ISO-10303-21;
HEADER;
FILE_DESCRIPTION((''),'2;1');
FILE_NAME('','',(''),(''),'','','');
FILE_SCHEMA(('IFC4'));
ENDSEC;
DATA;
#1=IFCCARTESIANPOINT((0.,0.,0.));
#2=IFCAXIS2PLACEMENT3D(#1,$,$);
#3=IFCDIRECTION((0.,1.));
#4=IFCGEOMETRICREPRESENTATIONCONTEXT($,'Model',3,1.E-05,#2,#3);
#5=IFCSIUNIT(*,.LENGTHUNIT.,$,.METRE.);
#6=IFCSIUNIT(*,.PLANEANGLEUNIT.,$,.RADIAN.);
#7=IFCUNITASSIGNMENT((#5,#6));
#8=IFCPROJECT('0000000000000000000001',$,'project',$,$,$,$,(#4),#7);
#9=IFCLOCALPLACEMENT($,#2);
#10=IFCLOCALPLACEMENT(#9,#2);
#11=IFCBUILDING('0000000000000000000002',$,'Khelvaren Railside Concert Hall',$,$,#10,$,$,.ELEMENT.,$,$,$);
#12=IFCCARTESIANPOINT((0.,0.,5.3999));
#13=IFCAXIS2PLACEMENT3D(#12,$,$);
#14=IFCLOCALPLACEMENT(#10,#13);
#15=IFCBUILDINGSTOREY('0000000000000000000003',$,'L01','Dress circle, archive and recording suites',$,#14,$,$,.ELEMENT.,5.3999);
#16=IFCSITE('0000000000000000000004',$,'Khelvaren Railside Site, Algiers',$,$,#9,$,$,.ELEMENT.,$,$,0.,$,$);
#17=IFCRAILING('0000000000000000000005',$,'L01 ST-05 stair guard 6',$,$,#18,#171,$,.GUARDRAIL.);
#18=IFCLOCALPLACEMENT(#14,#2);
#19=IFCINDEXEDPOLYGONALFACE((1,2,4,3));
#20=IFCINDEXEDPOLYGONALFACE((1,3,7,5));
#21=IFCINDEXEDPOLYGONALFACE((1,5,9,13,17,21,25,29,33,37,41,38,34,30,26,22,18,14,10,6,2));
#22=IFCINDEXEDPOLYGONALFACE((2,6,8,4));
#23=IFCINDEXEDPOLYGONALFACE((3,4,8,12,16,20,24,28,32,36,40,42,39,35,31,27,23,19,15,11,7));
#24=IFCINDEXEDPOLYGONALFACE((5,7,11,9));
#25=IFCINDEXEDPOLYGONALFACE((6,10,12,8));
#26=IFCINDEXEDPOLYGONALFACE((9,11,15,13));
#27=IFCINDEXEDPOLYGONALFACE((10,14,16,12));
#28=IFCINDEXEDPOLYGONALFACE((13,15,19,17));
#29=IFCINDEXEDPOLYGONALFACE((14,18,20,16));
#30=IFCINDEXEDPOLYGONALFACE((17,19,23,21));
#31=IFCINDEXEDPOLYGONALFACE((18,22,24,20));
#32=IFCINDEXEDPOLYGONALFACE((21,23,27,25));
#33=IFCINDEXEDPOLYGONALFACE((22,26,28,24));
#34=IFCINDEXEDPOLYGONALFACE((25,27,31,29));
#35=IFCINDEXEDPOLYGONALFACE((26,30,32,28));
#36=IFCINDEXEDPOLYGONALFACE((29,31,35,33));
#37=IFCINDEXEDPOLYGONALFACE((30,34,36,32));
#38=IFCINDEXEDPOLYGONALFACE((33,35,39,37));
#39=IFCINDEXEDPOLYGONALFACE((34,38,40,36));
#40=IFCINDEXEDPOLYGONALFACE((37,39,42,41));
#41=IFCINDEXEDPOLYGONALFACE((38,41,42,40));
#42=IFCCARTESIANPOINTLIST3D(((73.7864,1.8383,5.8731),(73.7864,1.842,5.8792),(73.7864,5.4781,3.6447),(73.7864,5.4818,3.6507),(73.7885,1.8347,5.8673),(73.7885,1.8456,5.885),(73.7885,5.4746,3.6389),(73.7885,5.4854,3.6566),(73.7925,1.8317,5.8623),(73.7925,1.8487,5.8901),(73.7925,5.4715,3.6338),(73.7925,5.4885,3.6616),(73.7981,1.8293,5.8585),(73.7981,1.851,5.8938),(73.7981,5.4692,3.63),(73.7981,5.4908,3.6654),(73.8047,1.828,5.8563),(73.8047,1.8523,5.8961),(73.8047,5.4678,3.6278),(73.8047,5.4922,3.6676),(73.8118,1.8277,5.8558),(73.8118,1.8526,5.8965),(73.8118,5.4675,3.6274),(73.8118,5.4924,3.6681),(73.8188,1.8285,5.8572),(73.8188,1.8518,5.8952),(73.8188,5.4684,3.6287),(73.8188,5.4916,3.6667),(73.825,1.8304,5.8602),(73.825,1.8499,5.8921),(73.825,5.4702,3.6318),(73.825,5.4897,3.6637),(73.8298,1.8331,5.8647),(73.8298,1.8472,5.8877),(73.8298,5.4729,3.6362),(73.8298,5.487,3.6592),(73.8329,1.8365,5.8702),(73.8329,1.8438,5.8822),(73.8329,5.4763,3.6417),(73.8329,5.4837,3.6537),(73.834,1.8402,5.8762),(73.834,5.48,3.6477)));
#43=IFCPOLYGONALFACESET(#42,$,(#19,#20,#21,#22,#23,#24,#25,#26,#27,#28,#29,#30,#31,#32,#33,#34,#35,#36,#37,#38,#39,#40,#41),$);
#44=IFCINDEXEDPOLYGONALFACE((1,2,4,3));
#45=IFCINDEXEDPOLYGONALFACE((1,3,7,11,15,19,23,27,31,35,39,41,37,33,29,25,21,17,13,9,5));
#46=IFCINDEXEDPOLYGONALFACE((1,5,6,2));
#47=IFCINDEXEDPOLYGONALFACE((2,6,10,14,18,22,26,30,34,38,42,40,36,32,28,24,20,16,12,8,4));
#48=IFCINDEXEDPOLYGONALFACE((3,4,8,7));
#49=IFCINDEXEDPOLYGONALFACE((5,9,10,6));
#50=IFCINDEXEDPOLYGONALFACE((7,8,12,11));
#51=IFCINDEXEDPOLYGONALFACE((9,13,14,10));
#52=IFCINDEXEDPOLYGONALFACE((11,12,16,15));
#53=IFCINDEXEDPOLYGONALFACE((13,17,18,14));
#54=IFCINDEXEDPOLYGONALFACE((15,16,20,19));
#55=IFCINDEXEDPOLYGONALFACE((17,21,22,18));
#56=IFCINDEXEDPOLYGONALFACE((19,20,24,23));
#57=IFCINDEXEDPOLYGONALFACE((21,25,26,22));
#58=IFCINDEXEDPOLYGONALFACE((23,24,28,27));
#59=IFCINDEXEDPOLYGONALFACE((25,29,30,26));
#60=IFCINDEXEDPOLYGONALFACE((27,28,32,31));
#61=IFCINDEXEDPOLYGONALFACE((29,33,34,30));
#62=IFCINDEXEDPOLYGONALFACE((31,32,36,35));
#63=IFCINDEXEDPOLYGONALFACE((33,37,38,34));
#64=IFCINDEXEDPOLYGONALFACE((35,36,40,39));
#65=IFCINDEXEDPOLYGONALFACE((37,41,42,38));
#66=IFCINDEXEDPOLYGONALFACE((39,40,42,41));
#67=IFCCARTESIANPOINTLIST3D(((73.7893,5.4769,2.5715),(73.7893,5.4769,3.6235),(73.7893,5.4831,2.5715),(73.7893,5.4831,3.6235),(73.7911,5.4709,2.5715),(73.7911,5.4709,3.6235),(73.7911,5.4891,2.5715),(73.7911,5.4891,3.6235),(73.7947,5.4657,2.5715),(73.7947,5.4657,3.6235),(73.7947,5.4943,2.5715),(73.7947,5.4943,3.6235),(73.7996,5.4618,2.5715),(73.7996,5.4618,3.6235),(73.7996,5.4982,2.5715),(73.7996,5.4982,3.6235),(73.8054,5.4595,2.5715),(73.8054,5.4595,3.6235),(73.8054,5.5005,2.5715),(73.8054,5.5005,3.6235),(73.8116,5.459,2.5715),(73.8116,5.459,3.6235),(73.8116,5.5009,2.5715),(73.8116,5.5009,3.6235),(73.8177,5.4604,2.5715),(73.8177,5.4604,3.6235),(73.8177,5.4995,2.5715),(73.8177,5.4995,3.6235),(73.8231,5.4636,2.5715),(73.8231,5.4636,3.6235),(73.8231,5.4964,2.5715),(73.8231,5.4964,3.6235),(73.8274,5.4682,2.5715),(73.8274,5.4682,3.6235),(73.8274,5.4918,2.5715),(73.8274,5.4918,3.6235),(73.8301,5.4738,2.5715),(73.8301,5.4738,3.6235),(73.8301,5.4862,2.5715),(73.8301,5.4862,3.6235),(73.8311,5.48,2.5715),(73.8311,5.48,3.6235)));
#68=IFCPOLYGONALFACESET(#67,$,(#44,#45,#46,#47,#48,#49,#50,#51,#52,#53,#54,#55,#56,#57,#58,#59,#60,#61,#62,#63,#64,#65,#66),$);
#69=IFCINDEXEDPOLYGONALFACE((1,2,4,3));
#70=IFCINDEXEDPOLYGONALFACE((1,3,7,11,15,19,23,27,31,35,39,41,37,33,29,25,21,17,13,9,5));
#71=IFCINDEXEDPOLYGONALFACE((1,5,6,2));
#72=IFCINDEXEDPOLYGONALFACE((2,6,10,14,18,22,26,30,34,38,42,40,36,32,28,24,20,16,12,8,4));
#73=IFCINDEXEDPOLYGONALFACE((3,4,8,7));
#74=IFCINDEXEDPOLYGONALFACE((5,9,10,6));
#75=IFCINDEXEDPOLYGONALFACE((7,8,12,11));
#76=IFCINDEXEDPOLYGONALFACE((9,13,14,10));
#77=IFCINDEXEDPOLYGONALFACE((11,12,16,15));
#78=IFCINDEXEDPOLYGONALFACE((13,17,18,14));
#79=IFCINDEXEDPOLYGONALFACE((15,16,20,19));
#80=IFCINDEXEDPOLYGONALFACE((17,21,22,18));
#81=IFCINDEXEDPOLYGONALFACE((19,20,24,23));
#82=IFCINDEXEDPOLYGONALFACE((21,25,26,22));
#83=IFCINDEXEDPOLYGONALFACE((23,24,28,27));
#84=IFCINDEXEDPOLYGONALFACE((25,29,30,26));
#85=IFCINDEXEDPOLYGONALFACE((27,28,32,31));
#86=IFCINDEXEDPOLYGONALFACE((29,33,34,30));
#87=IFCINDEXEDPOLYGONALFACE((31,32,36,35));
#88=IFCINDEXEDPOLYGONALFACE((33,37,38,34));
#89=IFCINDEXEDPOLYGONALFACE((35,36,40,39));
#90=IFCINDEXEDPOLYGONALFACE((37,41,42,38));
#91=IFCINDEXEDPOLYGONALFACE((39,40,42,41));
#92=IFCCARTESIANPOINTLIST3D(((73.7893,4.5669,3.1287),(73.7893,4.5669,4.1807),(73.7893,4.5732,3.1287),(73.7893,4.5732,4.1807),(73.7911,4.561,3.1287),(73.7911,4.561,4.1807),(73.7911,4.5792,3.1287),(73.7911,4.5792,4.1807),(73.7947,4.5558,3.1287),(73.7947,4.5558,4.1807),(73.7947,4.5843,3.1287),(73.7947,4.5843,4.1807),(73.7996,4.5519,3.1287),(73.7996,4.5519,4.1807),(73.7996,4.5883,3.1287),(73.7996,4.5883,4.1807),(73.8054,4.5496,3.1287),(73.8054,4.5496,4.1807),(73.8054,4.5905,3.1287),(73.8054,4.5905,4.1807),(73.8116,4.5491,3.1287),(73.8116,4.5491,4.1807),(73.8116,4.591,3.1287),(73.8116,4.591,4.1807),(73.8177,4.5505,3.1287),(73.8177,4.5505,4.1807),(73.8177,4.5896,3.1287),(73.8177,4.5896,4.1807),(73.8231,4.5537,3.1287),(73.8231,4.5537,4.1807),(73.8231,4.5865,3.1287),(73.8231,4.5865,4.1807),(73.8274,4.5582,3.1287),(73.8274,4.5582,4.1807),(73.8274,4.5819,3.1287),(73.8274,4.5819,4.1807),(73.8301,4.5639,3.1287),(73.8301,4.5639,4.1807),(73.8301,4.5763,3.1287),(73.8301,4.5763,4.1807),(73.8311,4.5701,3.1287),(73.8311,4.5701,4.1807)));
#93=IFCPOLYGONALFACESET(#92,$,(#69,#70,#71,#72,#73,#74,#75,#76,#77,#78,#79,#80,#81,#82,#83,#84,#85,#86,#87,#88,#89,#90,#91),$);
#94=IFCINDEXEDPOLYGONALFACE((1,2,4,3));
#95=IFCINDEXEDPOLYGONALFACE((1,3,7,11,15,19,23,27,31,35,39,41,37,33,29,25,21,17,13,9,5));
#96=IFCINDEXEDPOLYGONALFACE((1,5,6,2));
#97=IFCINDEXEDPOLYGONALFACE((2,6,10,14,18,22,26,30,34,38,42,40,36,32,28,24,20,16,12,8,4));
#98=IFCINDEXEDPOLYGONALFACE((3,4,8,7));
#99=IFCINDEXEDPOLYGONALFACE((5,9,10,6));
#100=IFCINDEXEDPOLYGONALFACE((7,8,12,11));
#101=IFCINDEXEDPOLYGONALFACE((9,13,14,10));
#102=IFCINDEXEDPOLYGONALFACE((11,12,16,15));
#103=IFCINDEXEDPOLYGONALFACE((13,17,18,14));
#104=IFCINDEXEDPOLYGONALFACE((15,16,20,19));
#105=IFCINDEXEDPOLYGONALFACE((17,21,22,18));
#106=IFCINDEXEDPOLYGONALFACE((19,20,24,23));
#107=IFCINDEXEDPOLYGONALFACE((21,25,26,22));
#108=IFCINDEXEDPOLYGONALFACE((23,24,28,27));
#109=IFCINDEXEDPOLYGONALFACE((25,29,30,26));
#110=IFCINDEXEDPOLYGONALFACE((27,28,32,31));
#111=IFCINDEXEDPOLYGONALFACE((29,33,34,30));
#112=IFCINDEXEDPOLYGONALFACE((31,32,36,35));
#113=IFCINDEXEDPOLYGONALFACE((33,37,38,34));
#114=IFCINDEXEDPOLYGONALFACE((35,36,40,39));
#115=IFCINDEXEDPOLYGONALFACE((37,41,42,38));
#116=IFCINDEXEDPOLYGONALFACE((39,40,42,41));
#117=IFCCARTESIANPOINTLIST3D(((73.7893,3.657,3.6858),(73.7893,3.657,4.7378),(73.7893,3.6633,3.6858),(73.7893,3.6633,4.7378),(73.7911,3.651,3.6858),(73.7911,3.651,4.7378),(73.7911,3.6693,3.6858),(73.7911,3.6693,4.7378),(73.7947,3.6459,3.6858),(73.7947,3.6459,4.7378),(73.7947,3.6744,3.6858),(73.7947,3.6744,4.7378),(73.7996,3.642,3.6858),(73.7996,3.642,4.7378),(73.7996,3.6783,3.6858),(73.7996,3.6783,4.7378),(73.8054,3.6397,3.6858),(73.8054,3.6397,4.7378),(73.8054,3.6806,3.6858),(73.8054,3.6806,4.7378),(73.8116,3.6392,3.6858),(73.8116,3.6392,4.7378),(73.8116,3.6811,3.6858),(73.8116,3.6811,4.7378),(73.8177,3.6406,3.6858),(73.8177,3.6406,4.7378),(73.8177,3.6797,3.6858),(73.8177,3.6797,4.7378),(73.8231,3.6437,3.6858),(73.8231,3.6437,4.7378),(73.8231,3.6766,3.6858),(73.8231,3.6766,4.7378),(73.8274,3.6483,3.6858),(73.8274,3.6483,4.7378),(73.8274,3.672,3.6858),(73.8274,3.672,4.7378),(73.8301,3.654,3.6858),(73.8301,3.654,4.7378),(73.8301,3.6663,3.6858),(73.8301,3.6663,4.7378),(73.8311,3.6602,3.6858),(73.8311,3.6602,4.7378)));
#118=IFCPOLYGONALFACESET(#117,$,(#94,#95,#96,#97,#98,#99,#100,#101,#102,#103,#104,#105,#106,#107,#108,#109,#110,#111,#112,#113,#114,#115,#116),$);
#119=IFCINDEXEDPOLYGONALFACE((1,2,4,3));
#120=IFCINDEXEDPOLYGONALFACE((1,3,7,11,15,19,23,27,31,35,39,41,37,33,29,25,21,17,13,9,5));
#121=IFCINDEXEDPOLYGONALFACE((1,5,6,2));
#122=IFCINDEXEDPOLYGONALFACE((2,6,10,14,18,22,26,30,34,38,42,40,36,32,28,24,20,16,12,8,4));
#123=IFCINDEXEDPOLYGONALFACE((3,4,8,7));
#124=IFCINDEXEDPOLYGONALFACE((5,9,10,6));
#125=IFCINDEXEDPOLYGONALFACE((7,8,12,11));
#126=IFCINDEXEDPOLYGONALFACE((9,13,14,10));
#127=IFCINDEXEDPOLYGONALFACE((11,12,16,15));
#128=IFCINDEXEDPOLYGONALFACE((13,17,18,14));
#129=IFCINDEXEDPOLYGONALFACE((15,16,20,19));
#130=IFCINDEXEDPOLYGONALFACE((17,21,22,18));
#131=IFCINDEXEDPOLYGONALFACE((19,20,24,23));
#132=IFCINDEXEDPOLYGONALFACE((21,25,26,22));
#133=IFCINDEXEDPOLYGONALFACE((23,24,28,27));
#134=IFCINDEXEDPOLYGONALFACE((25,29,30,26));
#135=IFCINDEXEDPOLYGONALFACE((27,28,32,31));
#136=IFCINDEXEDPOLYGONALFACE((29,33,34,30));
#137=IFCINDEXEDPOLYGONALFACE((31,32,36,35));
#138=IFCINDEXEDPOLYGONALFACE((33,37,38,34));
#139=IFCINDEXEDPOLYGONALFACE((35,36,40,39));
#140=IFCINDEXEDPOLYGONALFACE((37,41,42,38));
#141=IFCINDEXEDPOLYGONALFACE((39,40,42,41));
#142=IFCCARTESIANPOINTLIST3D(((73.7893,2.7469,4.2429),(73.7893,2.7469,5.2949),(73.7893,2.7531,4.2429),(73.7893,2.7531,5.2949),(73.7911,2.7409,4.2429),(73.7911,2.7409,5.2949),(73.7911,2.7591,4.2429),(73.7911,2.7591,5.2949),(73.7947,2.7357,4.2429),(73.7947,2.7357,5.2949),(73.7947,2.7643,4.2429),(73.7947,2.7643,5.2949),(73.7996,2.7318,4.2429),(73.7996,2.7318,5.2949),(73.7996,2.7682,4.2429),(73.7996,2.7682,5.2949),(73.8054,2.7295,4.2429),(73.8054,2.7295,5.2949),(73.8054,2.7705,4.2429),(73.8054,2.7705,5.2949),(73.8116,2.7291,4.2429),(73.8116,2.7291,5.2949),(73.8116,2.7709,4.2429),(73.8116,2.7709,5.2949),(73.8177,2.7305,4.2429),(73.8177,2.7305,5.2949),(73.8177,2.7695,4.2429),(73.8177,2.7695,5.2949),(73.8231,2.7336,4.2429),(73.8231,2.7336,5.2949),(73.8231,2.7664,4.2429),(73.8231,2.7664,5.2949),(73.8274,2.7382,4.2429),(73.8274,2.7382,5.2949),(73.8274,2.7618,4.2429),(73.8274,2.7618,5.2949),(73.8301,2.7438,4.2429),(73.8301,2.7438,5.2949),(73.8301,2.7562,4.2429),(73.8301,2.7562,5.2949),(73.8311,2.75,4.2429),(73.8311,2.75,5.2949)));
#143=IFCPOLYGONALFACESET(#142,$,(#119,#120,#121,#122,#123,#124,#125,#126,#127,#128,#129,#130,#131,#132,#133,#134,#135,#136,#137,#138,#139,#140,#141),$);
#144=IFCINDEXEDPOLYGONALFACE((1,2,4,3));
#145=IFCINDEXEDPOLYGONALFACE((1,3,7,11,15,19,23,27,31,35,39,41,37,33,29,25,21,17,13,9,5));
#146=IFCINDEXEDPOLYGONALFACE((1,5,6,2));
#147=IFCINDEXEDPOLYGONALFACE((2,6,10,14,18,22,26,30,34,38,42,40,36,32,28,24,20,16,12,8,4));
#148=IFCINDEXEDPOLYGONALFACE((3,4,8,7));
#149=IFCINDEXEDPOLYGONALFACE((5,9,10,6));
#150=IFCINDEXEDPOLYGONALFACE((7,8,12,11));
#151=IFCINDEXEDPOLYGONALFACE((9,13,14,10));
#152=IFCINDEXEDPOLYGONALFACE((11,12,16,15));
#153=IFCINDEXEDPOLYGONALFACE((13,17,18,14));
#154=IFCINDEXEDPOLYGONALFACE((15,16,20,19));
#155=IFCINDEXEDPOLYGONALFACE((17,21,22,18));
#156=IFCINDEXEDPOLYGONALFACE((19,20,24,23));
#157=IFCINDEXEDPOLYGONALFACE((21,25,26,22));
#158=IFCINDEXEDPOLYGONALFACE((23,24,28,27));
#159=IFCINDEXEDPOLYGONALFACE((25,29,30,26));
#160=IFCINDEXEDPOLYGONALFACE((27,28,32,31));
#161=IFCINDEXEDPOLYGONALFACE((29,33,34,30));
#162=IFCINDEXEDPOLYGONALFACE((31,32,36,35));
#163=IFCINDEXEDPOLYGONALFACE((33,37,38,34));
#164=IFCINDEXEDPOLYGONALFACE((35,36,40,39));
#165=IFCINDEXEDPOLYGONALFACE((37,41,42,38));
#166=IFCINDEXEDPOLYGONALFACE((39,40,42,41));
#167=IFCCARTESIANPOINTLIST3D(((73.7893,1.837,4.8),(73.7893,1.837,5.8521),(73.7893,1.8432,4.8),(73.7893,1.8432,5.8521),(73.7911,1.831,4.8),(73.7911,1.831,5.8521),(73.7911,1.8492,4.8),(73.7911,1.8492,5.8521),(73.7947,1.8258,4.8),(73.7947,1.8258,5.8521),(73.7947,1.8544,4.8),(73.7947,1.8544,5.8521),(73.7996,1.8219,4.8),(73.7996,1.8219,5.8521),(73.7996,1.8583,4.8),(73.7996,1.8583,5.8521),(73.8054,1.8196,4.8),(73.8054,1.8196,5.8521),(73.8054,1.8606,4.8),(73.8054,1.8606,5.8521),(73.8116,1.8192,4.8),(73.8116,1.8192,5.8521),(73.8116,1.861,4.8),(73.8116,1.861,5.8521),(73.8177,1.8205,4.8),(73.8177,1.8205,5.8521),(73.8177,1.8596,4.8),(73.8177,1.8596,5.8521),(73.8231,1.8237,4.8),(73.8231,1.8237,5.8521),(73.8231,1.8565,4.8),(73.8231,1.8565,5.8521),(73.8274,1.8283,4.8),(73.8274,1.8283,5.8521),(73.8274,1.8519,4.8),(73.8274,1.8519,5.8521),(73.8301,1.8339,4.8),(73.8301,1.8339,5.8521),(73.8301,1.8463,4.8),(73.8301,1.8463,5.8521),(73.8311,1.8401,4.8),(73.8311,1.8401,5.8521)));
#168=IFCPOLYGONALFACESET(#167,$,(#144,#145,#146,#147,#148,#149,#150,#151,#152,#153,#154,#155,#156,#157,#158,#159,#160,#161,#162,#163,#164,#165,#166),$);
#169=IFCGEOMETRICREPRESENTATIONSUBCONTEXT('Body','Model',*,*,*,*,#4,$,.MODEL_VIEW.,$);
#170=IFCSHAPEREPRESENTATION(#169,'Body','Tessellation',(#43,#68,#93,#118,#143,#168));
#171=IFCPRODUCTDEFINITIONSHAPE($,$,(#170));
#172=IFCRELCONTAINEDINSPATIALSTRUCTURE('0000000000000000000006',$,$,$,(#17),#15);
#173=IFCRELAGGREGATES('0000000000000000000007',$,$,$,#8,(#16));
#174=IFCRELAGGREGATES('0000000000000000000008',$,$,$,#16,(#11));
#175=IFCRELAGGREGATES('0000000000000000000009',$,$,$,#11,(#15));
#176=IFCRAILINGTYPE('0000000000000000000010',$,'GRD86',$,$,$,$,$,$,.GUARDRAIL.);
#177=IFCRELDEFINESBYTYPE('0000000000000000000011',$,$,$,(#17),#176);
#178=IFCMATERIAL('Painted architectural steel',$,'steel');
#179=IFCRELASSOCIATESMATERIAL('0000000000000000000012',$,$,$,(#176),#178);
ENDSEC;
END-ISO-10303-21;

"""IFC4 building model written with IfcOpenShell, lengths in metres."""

from ifc_helpers import new_model, si_unit, direction, frame, origin, origin_2d, place, context, subcontext, project, spatial, circle, extrude, material, type_object, element, save


model = new_model("IFC4")

# Units and contexts
model_context = context("Model", 3, precision=1e-05, world=origin(), true_north=direction((0.0, 1.0)))
body_context = subcontext(model_context, "Body", "Model", "MODEL_VIEW")
ifc_project = project(units=[si_unit("LENGTHUNIT", "METRE"), si_unit("PLANEANGLEUNIT", "RADIAN")], contexts=[model_context])

# Site, building, storey
site_placement = place(None, origin())
site = spatial("IfcSite", under=ifc_project, at=site_placement, Name="Khelvaren Railside Site, Algiers", CompositionType="ELEMENT", RefElevation=0.0)
building_placement = place(site_placement, origin())
building = spatial("IfcBuilding", under=site, at=building_placement, Name="Khelvaren Railside Concert Hall", CompositionType="ELEMENT")
storey_placement = place(building_placement, frame((0.0, 0.0, 5.3999)))
storey = spatial("IfcBuildingStorey", under=building, at=storey_placement, Name="L01", Description="Dress circle, archive and recording suites", CompositionType="ELEMENT", Elevation=5.3999)

# Railing
ifc_material_1 = material(Name="Painted architectural steel", Category="steel")
railing_type = type_object("IfcRailingType", Name="GRD86", PredefinedType="GUARDRAIL", material=ifc_material_1)
railing_1_placement = place(storey_placement, frame((73.8101, 5.48, 2.5715)))
element("IfcRailing", 1, at=railing_1_placement, inside=storey, type_object=railing_type, Name="L01 ST-05 stair guard 6", PredefinedType="GUARDRAIL", context=body_context, shape_type="SweptSolid", body=[
    extrude(circle(Radius=0.0239, at=origin_2d()), frame((0.0, 0.0, 1.0762), z_axis=(0.0, -0.85285, 0.522156), x_axis=(1.0, 0.0, 0.0)), (0.0, 0.0, 1.0), 4.2678),
    extrude(circle(Radius=0.021, at=origin_2d()), origin(), (0.0, 0.0, 1.0), 1.052),
    extrude(circle(Radius=0.021, at=origin_2d()), frame((0.0, -0.9099, 0.5571)), (0.0, 0.0, 1.0), 1.052),
    extrude(circle(Radius=0.021, at=origin_2d()), frame((0.0, -1.8198, 1.1143)), (0.0, 0.0, 1.0), 1.052),
    extrude(circle(Radius=0.021, at=origin_2d()), frame((0.0, -2.73, 1.6714)), (0.0, 0.0, 1.0), 1.052),
    extrude(circle(Radius=0.021, at=origin_2d()), frame((0.0, -3.6399, 2.2285)), (0.0, 0.0, 1.0), 1.052),
])

save(model, "model.ifc")
